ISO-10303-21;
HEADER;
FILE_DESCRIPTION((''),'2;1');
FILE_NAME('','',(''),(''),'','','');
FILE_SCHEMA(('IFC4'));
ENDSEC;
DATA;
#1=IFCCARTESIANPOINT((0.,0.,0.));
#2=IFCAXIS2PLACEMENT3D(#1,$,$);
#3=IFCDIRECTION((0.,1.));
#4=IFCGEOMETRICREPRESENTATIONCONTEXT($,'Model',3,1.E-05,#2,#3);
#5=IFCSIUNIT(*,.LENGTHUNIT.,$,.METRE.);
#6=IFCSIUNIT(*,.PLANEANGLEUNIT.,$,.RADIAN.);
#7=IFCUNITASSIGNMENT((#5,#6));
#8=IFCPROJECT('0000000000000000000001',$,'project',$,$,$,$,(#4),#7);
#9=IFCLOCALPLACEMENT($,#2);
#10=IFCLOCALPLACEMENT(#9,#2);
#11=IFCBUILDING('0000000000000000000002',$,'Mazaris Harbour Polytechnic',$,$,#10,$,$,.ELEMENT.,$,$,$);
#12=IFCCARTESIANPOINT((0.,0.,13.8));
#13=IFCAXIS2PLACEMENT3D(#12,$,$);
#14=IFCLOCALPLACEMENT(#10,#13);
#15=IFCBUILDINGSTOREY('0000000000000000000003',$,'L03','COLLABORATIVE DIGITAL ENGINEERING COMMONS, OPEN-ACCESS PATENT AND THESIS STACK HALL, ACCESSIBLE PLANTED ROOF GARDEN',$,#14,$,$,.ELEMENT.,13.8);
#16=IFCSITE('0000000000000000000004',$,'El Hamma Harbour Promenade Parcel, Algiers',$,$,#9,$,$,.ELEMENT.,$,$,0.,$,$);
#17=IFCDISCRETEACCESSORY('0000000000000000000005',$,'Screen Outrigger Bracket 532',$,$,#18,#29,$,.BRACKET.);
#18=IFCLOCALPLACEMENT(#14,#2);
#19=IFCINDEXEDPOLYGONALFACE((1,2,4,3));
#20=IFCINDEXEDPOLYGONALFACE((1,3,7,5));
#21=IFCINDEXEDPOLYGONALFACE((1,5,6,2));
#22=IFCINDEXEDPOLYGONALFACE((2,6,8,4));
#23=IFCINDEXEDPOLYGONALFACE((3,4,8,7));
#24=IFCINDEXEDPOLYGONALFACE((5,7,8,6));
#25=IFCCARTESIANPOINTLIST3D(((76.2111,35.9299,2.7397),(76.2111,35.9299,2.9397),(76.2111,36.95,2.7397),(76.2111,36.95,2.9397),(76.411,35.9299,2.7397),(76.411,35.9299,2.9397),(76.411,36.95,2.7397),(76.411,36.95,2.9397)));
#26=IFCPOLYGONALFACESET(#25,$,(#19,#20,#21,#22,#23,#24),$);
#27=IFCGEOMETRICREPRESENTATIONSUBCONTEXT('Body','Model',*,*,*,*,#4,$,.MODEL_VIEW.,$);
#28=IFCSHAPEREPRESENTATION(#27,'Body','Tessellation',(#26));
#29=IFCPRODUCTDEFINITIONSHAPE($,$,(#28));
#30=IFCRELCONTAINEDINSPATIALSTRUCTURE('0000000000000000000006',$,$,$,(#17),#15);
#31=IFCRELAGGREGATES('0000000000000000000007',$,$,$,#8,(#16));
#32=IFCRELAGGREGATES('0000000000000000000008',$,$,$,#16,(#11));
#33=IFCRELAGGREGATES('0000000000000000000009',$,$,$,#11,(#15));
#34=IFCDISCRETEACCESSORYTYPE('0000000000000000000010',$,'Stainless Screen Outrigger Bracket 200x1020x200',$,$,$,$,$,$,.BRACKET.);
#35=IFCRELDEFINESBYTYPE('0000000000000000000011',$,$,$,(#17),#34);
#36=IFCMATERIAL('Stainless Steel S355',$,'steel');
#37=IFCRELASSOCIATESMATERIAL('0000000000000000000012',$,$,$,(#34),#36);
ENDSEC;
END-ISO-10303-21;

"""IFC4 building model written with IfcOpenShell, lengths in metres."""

from ifc_helpers import new_model, si_unit, direction, frame, origin, origin_2d, place, context, subcontext, project, spatial, rectangle, extrude, material, type_object, element, save


model = new_model("IFC4")

# Units and contexts
model_context = context("Model", 3, precision=1e-05, world=origin(), true_north=direction((0.0, 1.0)))
body_context = subcontext(model_context, "Body", "Model", "MODEL_VIEW")
ifc_project = project(units=[si_unit("LENGTHUNIT", "METRE"), si_unit("PLANEANGLEUNIT", "RADIAN")], contexts=[model_context])

# Site, building, storey
site_placement = place(None, origin())
site = spatial("IfcSite", under=ifc_project, at=site_placement, Name="El Hamma Harbour Promenade Parcel, Algiers", CompositionType="ELEMENT", RefElevation=0.0)
building_placement = place(site_placement, origin())
building = spatial("IfcBuilding", under=site, at=building_placement, Name="Mazaris Harbour Polytechnic", CompositionType="ELEMENT")
storey_placement = place(building_placement, frame((0.0, 0.0, 13.8)))
storey = spatial("IfcBuildingStorey", under=building, at=storey_placement, Name="L03", Description="COLLABORATIVE DIGITAL ENGINEERING COMMONS, OPEN-ACCESS PATENT AND THESIS STACK HALL, ACCESSIBLE PLANTED ROOF GARDEN", CompositionType="ELEMENT", Elevation=13.8)

# Discrete accessory
ifc_material_1 = material(Name="Stainless Steel S355", Category="steel")
discrete_accessory_type = type_object("IfcDiscreteAccessoryType", Name="Stainless Screen Outrigger Bracket 200x1020x200", PredefinedType="BRACKET", material=ifc_material_1)
for number, where, z_axis, x_axis, name in (
    (1, (76.311, 36.4399, 2.7397), (0.0, 0.0, 1.0), (1.0, 0.0, 0.0), "Screen Outrigger Bracket 532"),
):
    element("IfcDiscreteAccessory", number, at=place(storey_placement, frame(where, z_axis=z_axis, x_axis=x_axis)), inside=storey, type_object=discrete_accessory_type, Name=name, PredefinedType="BRACKET", context=body_context, shape_type="SweptSolid", body=[
        extrude(rectangle(XDim=0.2, YDim=1.02, at=origin_2d()), origin(), (0.0, 0.0, 1.0), 0.2),
    ])

save(model, "model.ifc")
